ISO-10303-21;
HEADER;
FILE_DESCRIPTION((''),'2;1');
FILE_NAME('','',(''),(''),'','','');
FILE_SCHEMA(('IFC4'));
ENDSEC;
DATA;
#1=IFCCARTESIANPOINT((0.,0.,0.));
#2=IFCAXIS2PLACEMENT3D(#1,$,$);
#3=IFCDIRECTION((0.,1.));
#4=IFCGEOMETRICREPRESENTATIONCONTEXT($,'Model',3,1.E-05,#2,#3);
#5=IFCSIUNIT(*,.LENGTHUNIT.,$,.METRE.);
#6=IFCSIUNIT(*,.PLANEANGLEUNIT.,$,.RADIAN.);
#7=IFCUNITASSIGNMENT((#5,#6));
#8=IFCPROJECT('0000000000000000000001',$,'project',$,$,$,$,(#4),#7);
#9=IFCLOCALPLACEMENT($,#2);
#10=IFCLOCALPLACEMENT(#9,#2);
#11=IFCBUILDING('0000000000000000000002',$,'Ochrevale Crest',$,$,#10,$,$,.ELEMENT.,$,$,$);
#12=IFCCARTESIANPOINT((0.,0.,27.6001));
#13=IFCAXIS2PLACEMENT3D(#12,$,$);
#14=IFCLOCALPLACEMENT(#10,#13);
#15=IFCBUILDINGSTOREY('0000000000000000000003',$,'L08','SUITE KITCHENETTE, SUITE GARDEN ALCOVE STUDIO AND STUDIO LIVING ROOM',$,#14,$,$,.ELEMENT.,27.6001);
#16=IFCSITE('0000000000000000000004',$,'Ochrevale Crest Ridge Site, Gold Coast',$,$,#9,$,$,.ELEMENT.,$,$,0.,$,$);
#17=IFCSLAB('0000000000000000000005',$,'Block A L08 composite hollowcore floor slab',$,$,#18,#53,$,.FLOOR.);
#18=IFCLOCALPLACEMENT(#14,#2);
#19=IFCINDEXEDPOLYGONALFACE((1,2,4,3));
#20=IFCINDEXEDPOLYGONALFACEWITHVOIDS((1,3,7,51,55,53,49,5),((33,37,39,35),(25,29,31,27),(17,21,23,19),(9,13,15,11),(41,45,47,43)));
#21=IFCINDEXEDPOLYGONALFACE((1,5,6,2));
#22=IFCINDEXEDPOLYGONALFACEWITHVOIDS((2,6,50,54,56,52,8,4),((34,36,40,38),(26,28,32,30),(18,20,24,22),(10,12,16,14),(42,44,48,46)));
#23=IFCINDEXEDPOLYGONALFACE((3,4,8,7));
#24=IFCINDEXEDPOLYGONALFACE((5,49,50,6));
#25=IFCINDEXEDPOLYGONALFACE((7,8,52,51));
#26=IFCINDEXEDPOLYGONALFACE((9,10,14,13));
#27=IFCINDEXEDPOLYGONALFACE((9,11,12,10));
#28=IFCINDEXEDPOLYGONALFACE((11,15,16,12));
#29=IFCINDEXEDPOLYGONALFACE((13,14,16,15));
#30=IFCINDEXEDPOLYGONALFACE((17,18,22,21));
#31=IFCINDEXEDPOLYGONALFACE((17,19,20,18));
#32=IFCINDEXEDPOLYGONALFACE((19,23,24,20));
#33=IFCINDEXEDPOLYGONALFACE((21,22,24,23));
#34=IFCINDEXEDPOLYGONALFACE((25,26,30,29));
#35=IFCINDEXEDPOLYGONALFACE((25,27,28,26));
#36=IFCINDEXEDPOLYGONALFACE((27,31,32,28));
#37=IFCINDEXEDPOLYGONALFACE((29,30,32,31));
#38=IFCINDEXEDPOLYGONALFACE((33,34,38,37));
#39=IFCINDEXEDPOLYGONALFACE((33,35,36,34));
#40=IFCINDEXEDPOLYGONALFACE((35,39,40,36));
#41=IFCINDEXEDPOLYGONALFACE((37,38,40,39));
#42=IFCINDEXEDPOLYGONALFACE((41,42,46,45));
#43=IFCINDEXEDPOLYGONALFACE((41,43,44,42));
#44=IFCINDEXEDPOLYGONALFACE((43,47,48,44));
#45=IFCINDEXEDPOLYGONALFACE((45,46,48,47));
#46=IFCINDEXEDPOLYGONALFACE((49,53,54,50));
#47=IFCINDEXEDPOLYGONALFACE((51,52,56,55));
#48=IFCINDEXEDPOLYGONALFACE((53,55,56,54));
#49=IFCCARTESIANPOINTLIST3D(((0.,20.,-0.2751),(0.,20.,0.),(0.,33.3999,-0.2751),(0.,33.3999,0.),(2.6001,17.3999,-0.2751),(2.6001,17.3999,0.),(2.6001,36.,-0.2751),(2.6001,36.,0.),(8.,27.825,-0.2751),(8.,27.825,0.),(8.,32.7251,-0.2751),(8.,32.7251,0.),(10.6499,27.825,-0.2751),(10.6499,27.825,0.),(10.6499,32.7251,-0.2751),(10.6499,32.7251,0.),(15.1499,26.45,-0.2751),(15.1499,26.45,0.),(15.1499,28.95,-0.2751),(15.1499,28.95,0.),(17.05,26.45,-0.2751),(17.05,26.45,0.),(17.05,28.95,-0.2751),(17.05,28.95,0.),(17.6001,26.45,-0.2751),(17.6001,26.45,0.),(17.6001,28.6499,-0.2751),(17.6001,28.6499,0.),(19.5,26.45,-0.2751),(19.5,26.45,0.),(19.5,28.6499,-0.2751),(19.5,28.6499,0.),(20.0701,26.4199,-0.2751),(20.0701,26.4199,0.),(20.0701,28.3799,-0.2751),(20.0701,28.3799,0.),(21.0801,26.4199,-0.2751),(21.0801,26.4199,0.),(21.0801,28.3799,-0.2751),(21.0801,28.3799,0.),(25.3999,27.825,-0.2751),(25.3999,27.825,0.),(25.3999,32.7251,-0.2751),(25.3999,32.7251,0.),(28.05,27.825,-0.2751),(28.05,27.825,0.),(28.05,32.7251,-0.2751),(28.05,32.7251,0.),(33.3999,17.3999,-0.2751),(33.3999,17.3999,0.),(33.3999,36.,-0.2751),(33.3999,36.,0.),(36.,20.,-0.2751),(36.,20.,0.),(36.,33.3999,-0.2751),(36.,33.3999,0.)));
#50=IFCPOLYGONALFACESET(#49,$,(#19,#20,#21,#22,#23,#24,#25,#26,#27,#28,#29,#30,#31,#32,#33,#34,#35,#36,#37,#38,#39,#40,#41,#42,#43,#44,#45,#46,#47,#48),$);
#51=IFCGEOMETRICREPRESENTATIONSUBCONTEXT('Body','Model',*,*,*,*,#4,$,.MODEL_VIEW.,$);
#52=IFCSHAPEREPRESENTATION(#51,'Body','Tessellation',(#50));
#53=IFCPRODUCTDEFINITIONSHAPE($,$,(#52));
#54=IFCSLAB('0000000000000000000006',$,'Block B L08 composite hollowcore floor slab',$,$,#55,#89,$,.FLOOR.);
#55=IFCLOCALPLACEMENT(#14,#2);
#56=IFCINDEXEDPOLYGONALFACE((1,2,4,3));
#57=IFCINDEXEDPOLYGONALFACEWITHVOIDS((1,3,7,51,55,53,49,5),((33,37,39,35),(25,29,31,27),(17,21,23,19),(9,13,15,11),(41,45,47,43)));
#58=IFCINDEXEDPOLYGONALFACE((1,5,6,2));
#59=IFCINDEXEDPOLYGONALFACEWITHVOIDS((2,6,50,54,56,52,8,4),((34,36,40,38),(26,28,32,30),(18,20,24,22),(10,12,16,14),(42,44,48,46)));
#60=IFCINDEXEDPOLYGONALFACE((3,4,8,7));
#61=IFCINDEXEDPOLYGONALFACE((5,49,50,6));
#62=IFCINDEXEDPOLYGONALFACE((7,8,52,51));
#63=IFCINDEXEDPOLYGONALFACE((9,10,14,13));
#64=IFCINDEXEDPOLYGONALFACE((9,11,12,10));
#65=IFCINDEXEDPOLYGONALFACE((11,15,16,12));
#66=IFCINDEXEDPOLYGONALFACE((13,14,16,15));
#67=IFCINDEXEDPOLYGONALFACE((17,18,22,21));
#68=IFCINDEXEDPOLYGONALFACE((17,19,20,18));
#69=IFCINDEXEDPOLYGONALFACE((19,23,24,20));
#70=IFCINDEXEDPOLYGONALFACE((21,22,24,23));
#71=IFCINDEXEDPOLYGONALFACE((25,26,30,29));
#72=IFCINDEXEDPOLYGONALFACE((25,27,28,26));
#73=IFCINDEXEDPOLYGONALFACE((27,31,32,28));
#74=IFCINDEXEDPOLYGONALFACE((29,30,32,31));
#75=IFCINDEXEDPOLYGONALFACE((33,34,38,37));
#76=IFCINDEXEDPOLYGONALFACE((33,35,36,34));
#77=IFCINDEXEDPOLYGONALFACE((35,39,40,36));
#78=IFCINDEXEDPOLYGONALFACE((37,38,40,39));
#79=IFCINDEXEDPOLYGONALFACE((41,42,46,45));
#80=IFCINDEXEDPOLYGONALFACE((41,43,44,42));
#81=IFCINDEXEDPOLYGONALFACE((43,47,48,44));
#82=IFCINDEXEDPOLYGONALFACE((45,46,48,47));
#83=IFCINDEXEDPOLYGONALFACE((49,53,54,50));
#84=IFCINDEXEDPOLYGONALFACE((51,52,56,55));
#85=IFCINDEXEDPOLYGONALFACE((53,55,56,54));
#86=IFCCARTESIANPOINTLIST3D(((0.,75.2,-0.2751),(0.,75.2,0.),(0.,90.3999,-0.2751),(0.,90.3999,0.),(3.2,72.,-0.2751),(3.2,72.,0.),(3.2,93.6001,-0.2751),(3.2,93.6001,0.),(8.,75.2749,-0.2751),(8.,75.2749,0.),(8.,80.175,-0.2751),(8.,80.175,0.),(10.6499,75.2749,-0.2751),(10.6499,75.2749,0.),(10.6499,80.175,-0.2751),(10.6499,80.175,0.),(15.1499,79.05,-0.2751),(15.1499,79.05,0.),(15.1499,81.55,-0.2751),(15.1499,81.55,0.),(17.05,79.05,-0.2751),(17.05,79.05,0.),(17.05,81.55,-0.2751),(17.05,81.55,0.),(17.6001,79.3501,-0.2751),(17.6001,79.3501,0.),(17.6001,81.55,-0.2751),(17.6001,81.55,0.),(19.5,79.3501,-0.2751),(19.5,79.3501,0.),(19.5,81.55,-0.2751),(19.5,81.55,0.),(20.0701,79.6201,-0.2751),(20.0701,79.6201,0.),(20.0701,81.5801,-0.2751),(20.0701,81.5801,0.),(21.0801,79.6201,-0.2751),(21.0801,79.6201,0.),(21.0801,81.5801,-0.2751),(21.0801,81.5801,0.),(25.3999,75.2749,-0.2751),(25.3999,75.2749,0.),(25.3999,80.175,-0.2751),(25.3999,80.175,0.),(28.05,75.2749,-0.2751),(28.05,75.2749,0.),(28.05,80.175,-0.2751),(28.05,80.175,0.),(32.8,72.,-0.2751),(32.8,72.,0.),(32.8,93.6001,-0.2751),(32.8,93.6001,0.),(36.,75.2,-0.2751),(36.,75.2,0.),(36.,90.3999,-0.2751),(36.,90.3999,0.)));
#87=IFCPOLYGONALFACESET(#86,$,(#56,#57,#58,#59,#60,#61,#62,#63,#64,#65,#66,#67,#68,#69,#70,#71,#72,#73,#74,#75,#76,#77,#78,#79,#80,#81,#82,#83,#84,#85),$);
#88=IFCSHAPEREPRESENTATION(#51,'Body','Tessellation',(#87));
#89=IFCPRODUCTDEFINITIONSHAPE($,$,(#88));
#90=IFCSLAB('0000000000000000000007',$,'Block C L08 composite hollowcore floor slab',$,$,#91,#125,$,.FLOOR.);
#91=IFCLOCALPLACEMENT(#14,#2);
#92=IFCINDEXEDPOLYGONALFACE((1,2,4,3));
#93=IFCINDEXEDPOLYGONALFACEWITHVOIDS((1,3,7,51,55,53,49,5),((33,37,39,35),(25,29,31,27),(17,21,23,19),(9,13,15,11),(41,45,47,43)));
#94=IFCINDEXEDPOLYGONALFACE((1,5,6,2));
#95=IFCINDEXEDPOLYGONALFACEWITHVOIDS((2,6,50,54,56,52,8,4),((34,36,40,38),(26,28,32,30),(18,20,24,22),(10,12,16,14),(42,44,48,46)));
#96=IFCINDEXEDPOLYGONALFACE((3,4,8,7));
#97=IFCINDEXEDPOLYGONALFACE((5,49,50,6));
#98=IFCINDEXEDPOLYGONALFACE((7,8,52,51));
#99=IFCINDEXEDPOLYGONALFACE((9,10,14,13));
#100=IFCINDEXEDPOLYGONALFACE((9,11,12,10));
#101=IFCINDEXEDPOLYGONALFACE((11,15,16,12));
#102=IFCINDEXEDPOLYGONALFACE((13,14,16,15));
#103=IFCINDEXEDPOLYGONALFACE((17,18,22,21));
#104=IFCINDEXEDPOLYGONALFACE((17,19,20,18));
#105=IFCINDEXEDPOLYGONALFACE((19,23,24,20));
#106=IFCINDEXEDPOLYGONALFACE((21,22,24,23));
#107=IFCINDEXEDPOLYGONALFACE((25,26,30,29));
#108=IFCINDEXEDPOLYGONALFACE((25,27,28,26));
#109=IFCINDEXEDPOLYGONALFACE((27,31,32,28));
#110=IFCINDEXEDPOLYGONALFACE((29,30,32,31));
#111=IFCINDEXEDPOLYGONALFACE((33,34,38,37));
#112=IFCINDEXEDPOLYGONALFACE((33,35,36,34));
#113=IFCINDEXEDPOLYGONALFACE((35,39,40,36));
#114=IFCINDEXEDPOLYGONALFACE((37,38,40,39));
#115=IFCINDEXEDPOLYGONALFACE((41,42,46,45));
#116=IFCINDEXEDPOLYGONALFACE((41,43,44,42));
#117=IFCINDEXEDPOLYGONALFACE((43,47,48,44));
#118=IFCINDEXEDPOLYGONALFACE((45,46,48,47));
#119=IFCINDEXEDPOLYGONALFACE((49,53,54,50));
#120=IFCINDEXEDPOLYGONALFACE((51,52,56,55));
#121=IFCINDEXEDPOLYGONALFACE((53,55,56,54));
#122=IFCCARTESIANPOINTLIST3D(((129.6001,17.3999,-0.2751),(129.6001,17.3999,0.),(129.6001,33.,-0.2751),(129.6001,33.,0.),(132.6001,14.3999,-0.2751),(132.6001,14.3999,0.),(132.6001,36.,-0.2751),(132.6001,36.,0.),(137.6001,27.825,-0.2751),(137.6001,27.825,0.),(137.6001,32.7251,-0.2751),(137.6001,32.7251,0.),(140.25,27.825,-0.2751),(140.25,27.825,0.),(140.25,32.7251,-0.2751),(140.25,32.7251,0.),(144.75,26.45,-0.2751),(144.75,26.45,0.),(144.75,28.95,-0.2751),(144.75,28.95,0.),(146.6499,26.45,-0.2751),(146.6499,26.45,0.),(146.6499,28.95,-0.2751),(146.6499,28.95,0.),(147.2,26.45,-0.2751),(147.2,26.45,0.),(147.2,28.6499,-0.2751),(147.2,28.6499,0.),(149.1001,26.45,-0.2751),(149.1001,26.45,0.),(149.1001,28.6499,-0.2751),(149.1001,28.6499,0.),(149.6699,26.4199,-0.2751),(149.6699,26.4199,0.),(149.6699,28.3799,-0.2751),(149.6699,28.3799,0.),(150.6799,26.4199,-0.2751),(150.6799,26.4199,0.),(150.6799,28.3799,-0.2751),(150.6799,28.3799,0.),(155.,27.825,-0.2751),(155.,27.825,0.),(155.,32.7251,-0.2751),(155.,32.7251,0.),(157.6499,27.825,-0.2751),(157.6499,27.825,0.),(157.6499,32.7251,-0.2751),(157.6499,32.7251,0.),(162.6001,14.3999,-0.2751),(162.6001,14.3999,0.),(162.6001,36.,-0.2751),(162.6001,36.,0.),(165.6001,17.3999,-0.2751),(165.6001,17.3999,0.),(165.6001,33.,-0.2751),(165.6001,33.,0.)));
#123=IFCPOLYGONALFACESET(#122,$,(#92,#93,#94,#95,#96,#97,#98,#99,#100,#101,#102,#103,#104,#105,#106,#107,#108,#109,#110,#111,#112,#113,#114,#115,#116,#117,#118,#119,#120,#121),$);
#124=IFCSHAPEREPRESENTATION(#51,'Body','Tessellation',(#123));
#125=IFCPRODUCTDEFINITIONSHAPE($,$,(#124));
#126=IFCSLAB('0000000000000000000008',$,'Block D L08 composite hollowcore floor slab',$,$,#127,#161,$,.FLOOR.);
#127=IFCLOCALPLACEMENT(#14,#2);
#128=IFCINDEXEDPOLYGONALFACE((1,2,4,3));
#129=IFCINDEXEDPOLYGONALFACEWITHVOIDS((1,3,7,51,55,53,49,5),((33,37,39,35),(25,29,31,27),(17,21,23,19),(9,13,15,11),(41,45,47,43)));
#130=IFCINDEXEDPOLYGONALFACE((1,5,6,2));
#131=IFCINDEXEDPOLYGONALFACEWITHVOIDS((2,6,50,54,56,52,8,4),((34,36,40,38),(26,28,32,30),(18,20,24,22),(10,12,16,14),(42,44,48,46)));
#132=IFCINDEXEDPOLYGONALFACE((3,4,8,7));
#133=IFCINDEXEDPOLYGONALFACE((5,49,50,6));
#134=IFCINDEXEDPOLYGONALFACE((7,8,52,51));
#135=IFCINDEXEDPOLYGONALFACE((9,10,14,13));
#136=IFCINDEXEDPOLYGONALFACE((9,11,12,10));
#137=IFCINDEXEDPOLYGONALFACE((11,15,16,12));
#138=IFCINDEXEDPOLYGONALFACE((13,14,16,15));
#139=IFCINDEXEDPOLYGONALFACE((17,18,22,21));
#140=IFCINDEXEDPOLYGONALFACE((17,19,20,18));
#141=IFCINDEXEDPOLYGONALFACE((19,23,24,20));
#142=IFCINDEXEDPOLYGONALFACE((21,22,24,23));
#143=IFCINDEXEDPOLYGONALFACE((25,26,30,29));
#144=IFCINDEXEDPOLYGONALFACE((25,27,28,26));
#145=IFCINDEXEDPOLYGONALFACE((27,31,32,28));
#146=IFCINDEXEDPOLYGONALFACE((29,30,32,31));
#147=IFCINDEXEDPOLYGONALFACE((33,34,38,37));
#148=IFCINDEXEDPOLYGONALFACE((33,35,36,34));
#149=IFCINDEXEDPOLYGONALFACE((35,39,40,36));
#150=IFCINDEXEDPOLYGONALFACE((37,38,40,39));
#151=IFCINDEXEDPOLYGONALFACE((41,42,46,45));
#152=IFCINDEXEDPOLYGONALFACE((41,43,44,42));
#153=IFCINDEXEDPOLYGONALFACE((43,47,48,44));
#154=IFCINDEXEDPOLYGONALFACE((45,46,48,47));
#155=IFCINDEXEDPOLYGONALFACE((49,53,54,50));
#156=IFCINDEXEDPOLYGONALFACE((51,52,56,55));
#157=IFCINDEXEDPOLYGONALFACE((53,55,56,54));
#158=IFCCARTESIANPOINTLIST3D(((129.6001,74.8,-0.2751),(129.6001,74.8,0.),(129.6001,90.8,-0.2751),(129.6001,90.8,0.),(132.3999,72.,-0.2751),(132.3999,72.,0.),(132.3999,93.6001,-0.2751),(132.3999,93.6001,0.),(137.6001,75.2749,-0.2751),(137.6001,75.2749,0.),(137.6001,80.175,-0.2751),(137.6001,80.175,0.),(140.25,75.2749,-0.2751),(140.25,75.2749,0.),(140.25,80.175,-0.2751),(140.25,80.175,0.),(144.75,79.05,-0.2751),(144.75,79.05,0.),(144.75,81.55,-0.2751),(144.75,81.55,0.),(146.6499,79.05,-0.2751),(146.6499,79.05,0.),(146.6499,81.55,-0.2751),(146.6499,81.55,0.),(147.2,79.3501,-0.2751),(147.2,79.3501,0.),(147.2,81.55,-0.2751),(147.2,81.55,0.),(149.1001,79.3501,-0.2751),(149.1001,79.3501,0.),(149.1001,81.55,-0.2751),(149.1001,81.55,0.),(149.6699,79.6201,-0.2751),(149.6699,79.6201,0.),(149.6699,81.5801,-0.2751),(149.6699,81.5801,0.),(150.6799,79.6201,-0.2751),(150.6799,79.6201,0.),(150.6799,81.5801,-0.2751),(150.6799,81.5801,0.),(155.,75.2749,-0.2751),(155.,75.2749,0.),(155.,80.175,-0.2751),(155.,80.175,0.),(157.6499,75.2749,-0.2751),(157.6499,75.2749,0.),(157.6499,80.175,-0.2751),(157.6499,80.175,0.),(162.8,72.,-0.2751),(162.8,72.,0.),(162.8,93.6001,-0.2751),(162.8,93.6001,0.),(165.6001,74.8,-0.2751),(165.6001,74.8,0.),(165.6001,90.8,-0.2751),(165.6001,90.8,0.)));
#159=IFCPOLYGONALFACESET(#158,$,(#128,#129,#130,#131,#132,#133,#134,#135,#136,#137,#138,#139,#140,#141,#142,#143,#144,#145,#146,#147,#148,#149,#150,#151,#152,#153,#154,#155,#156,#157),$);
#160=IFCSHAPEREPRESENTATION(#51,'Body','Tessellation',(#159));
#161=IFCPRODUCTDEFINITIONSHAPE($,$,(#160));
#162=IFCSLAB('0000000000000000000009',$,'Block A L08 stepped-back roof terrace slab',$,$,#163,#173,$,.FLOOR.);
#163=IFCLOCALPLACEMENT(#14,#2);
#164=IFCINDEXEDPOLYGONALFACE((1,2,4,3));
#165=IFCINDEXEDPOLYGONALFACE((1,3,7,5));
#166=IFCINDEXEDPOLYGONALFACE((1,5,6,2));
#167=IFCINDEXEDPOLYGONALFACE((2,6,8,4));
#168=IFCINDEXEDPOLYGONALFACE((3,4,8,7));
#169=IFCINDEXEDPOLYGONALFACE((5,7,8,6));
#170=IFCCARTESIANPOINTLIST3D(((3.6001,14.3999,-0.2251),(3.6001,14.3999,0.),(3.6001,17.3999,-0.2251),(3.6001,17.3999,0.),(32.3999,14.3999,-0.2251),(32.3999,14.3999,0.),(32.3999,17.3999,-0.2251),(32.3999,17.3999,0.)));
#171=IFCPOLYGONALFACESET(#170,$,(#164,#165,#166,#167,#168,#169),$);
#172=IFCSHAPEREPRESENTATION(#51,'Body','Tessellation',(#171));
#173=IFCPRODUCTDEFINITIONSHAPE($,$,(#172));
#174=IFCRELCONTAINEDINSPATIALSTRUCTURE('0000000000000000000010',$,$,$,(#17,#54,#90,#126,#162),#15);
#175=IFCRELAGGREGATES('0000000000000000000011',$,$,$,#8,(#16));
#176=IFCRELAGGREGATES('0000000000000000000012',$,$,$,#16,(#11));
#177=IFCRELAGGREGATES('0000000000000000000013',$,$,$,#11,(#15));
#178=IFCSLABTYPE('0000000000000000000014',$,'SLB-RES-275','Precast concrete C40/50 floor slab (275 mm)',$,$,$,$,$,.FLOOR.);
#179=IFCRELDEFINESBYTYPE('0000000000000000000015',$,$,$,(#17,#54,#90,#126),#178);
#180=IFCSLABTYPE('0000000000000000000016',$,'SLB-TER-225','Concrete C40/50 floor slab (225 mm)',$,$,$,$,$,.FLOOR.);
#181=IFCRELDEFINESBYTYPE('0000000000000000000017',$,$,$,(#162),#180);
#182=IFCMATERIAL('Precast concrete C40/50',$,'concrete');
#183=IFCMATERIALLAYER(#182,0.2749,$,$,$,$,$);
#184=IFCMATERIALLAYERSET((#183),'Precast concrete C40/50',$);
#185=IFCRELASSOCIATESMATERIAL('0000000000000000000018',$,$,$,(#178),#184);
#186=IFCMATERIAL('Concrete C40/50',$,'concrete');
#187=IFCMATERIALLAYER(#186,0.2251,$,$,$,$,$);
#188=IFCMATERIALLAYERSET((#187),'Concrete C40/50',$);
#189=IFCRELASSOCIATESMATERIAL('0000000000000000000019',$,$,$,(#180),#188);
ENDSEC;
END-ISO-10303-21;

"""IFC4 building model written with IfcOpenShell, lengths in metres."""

from ifc_helpers import new_model, si_unit, direction, frame, origin, place, context, subcontext, project, spatial, polyline, outline, extrude, material, layer, layer_set, type_object, element, save


model = new_model("IFC4")

# Units and contexts
model_context = context("Model", 3, precision=1e-05, world=origin(), true_north=direction((0.0, 1.0)))
body_context = subcontext(model_context, "Body", "Model", "MODEL_VIEW")
ifc_project = project(units=[si_unit("LENGTHUNIT", "METRE"), si_unit("PLANEANGLEUNIT", "RADIAN")], contexts=[model_context])

# Site, building, storey
site_placement = place(None, origin())
site = spatial("IfcSite", under=ifc_project, at=site_placement, Name="Ochrevale Crest Ridge Site, Gold Coast", CompositionType="ELEMENT", RefElevation=0.0)
building_placement = place(site_placement, origin())
building = spatial("IfcBuilding", under=site, at=building_placement, Name="Ochrevale Crest", CompositionType="ELEMENT")
storey_placement = place(building_placement, frame((0.0, 0.0, 27.6001)))
storey = spatial("IfcBuildingStorey", under=building, at=storey_placement, Name="L08", Description="SUITE KITCHENETTE, SUITE GARDEN ALCOVE STUDIO AND STUDIO LIVING ROOM", CompositionType="ELEMENT", Elevation=27.6001)

# Slabs
ifc_material_1 = material(Name="Precast concrete C40/50", Category="concrete")
ifc_layer_1 = layer(ifc_material_1, 0.2749)
ifc_layer_set_1 = layer_set([ifc_layer_1], Name="Precast concrete C40/50")
slab_type_1 = type_object("IfcSlabType", Name="SLB-RES-275", Description="Precast concrete C40/50 floor slab (275 mm)", PredefinedType="FLOOR", material=ifc_layer_set_1)
slab_1_placement = place(storey_placement, frame((0.0, 0.0, -0.2751)))
element("IfcSlab", 1, at=slab_1_placement, inside=storey, type_object=slab_type_1, Name="Block A L08 composite hollowcore floor slab", PredefinedType="FLOOR", context=body_context, shape_type="SweptSolid", body=[
    extrude(outline(polyline([(2.6001, 17.3999), (33.3999, 17.3999), (36.0, 20.0), (36.0, 33.3999), (33.3999, 36.0), (2.6001, 36.0), (0.0, 33.3999), (0.0, 20.0), (2.6001, 17.3999)]), holes=[polyline([(10.6499, 27.825), (10.6499, 32.7251), (8.0, 32.7251), (8.0, 27.825), (10.6499, 27.825)]), polyline([(28.05, 27.825), (28.05, 32.7251), (25.3999, 32.7251), (25.3999, 27.825), (28.05, 27.825)]), polyline([(15.1499, 26.45), (17.05, 26.45), (17.05, 28.95), (15.1499, 28.95), (15.1499, 26.45)]), polyline([(17.6001, 26.45), (19.5, 26.45), (19.5, 28.6499), (17.6001, 28.6499), (17.6001, 26.45)]), polyline([(20.0701, 26.4199), (21.0801, 26.4199), (21.0801, 28.3799), (20.0701, 28.3799), (20.0701, 26.4199)])]), origin(), (0.0, 0.0, 1.0), 0.2751),
])
slab_2_placement = place(storey_placement, frame((0.0, 0.0, -0.2751)))
element("IfcSlab", 2, at=slab_2_placement, inside=storey, type_object=slab_type_1, Name="Block B L08 composite hollowcore floor slab", PredefinedType="FLOOR", context=body_context, shape_type="SweptSolid", body=[
    extrude(outline(polyline([(3.2, 72.0), (32.8, 72.0), (36.0, 75.2), (36.0, 90.3999), (32.8, 93.6001), (3.2, 93.6001), (0.0, 90.3999), (0.0, 75.2), (3.2, 72.0)]), holes=[polyline([(8.0, 80.175), (8.0, 75.2749), (10.6499, 75.2749), (10.6499, 80.175), (8.0, 80.175)]), polyline([(25.3999, 80.175), (25.3999, 75.2749), (28.05, 75.2749), (28.05, 80.175), (25.3999, 80.175)]), polyline([(15.1499, 79.05), (17.05, 79.05), (17.05, 81.55), (15.1499, 81.55), (15.1499, 79.05)]), polyline([(17.6001, 79.3501), (19.5, 79.3501), (19.5, 81.55), (17.6001, 81.55), (17.6001, 79.3501)]), polyline([(20.0701, 79.6201), (21.0801, 79.6201), (21.0801, 81.5801), (20.0701, 81.5801), (20.0701, 79.6201)])]), origin(), (0.0, 0.0, 1.0), 0.2751),
])
slab_3_placement = place(storey_placement, frame((0.0, 0.0, -0.2751)))
element("IfcSlab", 3, at=slab_3_placement, inside=storey, type_object=slab_type_1, Name="Block C L08 composite hollowcore floor slab", PredefinedType="FLOOR", context=body_context, shape_type="SweptSolid", body=[
    extrude(outline(polyline([(132.6001, 14.3999), (162.6001, 14.3999), (165.6001, 17.3999), (165.6001, 33.0), (162.6001, 36.0), (132.6001, 36.0), (129.6001, 33.0), (129.6001, 17.3999), (132.6001, 14.3999)]), holes=[polyline([(140.25, 27.825), (140.25, 32.7251), (137.6001, 32.7251), (137.6001, 27.825), (140.25, 27.825)]), polyline([(157.6499, 27.825), (157.6499, 32.7251), (155.0, 32.7251), (155.0, 27.825), (157.6499, 27.825)]), polyline([(144.75, 26.45), (146.6499, 26.45), (146.6499, 28.95), (144.75, 28.95), (144.75, 26.45)]), polyline([(147.2, 26.45), (149.1001, 26.45), (149.1001, 28.6499), (147.2, 28.6499), (147.2, 26.45)]), polyline([(149.6699, 26.4199), (150.6799, 26.4199), (150.6799, 28.3799), (149.6699, 28.3799), (149.6699, 26.4199)])]), origin(), (0.0, 0.0, 1.0), 0.2751),
])
slab_4_placement = place(storey_placement, frame((0.0, 0.0, -0.2751)))
element("IfcSlab", 4, at=slab_4_placement, inside=storey, type_object=slab_type_1, Name="Block D L08 composite hollowcore floor slab", PredefinedType="FLOOR", context=body_context, shape_type="SweptSolid", body=[
    extrude(outline(polyline([(132.3999, 72.0), (162.8, 72.0), (165.6001, 74.8), (165.6001, 90.8), (162.8, 93.6001), (132.3999, 93.6001), (129.6001, 90.8), (129.6001, 74.8), (132.3999, 72.0)]), holes=[polyline([(137.6001, 80.175), (137.6001, 75.2749), (140.25, 75.2749), (140.25, 80.175), (137.6001, 80.175)]), polyline([(155.0, 80.175), (155.0, 75.2749), (157.6499, 75.2749), (157.6499, 80.175), (155.0, 80.175)]), polyline([(144.75, 79.05), (146.6499, 79.05), (146.6499, 81.55), (144.75, 81.55), (144.75, 79.05)]), polyline([(147.2, 79.3501), (149.1001, 79.3501), (149.1001, 81.55), (147.2, 81.55), (147.2, 79.3501)]), polyline([(149.6699, 79.6201), (150.6799, 79.6201), (150.6799, 81.5801), (149.6699, 81.5801), (149.6699, 79.6201)])]), origin(), (0.0, 0.0, 1.0), 0.2751),
])
ifc_material_2 = material(Name="Concrete C40/50", Category="concrete")
ifc_layer_2 = layer(ifc_material_2, 0.2251)
ifc_layer_set_2 = layer_set([ifc_layer_2], Name="Concrete C40/50")
slab_type_2 = type_object("IfcSlabType", Name="SLB-TER-225", Description="Concrete C40/50 floor slab (225 mm)", PredefinedType="FLOOR", material=ifc_layer_set_2)
slab_5_placement = place(storey_placement, frame((0.0, 0.0, -0.2251)))
element("IfcSlab", 5, at=slab_5_placement, inside=storey, type_object=slab_type_2, Name="Block A L08 stepped-back roof terrace slab", PredefinedType="FLOOR", context=body_context, shape_type="SweptSolid", body=[
    extrude(outline(polyline([(3.6001, 14.3999), (32.3999, 14.3999), (32.3999, 17.3999), (3.6001, 17.3999), (3.6001, 14.3999)])), origin(), (0.0, 0.0, 1.0), 0.2251),
])

save(model, "model.ifc")
